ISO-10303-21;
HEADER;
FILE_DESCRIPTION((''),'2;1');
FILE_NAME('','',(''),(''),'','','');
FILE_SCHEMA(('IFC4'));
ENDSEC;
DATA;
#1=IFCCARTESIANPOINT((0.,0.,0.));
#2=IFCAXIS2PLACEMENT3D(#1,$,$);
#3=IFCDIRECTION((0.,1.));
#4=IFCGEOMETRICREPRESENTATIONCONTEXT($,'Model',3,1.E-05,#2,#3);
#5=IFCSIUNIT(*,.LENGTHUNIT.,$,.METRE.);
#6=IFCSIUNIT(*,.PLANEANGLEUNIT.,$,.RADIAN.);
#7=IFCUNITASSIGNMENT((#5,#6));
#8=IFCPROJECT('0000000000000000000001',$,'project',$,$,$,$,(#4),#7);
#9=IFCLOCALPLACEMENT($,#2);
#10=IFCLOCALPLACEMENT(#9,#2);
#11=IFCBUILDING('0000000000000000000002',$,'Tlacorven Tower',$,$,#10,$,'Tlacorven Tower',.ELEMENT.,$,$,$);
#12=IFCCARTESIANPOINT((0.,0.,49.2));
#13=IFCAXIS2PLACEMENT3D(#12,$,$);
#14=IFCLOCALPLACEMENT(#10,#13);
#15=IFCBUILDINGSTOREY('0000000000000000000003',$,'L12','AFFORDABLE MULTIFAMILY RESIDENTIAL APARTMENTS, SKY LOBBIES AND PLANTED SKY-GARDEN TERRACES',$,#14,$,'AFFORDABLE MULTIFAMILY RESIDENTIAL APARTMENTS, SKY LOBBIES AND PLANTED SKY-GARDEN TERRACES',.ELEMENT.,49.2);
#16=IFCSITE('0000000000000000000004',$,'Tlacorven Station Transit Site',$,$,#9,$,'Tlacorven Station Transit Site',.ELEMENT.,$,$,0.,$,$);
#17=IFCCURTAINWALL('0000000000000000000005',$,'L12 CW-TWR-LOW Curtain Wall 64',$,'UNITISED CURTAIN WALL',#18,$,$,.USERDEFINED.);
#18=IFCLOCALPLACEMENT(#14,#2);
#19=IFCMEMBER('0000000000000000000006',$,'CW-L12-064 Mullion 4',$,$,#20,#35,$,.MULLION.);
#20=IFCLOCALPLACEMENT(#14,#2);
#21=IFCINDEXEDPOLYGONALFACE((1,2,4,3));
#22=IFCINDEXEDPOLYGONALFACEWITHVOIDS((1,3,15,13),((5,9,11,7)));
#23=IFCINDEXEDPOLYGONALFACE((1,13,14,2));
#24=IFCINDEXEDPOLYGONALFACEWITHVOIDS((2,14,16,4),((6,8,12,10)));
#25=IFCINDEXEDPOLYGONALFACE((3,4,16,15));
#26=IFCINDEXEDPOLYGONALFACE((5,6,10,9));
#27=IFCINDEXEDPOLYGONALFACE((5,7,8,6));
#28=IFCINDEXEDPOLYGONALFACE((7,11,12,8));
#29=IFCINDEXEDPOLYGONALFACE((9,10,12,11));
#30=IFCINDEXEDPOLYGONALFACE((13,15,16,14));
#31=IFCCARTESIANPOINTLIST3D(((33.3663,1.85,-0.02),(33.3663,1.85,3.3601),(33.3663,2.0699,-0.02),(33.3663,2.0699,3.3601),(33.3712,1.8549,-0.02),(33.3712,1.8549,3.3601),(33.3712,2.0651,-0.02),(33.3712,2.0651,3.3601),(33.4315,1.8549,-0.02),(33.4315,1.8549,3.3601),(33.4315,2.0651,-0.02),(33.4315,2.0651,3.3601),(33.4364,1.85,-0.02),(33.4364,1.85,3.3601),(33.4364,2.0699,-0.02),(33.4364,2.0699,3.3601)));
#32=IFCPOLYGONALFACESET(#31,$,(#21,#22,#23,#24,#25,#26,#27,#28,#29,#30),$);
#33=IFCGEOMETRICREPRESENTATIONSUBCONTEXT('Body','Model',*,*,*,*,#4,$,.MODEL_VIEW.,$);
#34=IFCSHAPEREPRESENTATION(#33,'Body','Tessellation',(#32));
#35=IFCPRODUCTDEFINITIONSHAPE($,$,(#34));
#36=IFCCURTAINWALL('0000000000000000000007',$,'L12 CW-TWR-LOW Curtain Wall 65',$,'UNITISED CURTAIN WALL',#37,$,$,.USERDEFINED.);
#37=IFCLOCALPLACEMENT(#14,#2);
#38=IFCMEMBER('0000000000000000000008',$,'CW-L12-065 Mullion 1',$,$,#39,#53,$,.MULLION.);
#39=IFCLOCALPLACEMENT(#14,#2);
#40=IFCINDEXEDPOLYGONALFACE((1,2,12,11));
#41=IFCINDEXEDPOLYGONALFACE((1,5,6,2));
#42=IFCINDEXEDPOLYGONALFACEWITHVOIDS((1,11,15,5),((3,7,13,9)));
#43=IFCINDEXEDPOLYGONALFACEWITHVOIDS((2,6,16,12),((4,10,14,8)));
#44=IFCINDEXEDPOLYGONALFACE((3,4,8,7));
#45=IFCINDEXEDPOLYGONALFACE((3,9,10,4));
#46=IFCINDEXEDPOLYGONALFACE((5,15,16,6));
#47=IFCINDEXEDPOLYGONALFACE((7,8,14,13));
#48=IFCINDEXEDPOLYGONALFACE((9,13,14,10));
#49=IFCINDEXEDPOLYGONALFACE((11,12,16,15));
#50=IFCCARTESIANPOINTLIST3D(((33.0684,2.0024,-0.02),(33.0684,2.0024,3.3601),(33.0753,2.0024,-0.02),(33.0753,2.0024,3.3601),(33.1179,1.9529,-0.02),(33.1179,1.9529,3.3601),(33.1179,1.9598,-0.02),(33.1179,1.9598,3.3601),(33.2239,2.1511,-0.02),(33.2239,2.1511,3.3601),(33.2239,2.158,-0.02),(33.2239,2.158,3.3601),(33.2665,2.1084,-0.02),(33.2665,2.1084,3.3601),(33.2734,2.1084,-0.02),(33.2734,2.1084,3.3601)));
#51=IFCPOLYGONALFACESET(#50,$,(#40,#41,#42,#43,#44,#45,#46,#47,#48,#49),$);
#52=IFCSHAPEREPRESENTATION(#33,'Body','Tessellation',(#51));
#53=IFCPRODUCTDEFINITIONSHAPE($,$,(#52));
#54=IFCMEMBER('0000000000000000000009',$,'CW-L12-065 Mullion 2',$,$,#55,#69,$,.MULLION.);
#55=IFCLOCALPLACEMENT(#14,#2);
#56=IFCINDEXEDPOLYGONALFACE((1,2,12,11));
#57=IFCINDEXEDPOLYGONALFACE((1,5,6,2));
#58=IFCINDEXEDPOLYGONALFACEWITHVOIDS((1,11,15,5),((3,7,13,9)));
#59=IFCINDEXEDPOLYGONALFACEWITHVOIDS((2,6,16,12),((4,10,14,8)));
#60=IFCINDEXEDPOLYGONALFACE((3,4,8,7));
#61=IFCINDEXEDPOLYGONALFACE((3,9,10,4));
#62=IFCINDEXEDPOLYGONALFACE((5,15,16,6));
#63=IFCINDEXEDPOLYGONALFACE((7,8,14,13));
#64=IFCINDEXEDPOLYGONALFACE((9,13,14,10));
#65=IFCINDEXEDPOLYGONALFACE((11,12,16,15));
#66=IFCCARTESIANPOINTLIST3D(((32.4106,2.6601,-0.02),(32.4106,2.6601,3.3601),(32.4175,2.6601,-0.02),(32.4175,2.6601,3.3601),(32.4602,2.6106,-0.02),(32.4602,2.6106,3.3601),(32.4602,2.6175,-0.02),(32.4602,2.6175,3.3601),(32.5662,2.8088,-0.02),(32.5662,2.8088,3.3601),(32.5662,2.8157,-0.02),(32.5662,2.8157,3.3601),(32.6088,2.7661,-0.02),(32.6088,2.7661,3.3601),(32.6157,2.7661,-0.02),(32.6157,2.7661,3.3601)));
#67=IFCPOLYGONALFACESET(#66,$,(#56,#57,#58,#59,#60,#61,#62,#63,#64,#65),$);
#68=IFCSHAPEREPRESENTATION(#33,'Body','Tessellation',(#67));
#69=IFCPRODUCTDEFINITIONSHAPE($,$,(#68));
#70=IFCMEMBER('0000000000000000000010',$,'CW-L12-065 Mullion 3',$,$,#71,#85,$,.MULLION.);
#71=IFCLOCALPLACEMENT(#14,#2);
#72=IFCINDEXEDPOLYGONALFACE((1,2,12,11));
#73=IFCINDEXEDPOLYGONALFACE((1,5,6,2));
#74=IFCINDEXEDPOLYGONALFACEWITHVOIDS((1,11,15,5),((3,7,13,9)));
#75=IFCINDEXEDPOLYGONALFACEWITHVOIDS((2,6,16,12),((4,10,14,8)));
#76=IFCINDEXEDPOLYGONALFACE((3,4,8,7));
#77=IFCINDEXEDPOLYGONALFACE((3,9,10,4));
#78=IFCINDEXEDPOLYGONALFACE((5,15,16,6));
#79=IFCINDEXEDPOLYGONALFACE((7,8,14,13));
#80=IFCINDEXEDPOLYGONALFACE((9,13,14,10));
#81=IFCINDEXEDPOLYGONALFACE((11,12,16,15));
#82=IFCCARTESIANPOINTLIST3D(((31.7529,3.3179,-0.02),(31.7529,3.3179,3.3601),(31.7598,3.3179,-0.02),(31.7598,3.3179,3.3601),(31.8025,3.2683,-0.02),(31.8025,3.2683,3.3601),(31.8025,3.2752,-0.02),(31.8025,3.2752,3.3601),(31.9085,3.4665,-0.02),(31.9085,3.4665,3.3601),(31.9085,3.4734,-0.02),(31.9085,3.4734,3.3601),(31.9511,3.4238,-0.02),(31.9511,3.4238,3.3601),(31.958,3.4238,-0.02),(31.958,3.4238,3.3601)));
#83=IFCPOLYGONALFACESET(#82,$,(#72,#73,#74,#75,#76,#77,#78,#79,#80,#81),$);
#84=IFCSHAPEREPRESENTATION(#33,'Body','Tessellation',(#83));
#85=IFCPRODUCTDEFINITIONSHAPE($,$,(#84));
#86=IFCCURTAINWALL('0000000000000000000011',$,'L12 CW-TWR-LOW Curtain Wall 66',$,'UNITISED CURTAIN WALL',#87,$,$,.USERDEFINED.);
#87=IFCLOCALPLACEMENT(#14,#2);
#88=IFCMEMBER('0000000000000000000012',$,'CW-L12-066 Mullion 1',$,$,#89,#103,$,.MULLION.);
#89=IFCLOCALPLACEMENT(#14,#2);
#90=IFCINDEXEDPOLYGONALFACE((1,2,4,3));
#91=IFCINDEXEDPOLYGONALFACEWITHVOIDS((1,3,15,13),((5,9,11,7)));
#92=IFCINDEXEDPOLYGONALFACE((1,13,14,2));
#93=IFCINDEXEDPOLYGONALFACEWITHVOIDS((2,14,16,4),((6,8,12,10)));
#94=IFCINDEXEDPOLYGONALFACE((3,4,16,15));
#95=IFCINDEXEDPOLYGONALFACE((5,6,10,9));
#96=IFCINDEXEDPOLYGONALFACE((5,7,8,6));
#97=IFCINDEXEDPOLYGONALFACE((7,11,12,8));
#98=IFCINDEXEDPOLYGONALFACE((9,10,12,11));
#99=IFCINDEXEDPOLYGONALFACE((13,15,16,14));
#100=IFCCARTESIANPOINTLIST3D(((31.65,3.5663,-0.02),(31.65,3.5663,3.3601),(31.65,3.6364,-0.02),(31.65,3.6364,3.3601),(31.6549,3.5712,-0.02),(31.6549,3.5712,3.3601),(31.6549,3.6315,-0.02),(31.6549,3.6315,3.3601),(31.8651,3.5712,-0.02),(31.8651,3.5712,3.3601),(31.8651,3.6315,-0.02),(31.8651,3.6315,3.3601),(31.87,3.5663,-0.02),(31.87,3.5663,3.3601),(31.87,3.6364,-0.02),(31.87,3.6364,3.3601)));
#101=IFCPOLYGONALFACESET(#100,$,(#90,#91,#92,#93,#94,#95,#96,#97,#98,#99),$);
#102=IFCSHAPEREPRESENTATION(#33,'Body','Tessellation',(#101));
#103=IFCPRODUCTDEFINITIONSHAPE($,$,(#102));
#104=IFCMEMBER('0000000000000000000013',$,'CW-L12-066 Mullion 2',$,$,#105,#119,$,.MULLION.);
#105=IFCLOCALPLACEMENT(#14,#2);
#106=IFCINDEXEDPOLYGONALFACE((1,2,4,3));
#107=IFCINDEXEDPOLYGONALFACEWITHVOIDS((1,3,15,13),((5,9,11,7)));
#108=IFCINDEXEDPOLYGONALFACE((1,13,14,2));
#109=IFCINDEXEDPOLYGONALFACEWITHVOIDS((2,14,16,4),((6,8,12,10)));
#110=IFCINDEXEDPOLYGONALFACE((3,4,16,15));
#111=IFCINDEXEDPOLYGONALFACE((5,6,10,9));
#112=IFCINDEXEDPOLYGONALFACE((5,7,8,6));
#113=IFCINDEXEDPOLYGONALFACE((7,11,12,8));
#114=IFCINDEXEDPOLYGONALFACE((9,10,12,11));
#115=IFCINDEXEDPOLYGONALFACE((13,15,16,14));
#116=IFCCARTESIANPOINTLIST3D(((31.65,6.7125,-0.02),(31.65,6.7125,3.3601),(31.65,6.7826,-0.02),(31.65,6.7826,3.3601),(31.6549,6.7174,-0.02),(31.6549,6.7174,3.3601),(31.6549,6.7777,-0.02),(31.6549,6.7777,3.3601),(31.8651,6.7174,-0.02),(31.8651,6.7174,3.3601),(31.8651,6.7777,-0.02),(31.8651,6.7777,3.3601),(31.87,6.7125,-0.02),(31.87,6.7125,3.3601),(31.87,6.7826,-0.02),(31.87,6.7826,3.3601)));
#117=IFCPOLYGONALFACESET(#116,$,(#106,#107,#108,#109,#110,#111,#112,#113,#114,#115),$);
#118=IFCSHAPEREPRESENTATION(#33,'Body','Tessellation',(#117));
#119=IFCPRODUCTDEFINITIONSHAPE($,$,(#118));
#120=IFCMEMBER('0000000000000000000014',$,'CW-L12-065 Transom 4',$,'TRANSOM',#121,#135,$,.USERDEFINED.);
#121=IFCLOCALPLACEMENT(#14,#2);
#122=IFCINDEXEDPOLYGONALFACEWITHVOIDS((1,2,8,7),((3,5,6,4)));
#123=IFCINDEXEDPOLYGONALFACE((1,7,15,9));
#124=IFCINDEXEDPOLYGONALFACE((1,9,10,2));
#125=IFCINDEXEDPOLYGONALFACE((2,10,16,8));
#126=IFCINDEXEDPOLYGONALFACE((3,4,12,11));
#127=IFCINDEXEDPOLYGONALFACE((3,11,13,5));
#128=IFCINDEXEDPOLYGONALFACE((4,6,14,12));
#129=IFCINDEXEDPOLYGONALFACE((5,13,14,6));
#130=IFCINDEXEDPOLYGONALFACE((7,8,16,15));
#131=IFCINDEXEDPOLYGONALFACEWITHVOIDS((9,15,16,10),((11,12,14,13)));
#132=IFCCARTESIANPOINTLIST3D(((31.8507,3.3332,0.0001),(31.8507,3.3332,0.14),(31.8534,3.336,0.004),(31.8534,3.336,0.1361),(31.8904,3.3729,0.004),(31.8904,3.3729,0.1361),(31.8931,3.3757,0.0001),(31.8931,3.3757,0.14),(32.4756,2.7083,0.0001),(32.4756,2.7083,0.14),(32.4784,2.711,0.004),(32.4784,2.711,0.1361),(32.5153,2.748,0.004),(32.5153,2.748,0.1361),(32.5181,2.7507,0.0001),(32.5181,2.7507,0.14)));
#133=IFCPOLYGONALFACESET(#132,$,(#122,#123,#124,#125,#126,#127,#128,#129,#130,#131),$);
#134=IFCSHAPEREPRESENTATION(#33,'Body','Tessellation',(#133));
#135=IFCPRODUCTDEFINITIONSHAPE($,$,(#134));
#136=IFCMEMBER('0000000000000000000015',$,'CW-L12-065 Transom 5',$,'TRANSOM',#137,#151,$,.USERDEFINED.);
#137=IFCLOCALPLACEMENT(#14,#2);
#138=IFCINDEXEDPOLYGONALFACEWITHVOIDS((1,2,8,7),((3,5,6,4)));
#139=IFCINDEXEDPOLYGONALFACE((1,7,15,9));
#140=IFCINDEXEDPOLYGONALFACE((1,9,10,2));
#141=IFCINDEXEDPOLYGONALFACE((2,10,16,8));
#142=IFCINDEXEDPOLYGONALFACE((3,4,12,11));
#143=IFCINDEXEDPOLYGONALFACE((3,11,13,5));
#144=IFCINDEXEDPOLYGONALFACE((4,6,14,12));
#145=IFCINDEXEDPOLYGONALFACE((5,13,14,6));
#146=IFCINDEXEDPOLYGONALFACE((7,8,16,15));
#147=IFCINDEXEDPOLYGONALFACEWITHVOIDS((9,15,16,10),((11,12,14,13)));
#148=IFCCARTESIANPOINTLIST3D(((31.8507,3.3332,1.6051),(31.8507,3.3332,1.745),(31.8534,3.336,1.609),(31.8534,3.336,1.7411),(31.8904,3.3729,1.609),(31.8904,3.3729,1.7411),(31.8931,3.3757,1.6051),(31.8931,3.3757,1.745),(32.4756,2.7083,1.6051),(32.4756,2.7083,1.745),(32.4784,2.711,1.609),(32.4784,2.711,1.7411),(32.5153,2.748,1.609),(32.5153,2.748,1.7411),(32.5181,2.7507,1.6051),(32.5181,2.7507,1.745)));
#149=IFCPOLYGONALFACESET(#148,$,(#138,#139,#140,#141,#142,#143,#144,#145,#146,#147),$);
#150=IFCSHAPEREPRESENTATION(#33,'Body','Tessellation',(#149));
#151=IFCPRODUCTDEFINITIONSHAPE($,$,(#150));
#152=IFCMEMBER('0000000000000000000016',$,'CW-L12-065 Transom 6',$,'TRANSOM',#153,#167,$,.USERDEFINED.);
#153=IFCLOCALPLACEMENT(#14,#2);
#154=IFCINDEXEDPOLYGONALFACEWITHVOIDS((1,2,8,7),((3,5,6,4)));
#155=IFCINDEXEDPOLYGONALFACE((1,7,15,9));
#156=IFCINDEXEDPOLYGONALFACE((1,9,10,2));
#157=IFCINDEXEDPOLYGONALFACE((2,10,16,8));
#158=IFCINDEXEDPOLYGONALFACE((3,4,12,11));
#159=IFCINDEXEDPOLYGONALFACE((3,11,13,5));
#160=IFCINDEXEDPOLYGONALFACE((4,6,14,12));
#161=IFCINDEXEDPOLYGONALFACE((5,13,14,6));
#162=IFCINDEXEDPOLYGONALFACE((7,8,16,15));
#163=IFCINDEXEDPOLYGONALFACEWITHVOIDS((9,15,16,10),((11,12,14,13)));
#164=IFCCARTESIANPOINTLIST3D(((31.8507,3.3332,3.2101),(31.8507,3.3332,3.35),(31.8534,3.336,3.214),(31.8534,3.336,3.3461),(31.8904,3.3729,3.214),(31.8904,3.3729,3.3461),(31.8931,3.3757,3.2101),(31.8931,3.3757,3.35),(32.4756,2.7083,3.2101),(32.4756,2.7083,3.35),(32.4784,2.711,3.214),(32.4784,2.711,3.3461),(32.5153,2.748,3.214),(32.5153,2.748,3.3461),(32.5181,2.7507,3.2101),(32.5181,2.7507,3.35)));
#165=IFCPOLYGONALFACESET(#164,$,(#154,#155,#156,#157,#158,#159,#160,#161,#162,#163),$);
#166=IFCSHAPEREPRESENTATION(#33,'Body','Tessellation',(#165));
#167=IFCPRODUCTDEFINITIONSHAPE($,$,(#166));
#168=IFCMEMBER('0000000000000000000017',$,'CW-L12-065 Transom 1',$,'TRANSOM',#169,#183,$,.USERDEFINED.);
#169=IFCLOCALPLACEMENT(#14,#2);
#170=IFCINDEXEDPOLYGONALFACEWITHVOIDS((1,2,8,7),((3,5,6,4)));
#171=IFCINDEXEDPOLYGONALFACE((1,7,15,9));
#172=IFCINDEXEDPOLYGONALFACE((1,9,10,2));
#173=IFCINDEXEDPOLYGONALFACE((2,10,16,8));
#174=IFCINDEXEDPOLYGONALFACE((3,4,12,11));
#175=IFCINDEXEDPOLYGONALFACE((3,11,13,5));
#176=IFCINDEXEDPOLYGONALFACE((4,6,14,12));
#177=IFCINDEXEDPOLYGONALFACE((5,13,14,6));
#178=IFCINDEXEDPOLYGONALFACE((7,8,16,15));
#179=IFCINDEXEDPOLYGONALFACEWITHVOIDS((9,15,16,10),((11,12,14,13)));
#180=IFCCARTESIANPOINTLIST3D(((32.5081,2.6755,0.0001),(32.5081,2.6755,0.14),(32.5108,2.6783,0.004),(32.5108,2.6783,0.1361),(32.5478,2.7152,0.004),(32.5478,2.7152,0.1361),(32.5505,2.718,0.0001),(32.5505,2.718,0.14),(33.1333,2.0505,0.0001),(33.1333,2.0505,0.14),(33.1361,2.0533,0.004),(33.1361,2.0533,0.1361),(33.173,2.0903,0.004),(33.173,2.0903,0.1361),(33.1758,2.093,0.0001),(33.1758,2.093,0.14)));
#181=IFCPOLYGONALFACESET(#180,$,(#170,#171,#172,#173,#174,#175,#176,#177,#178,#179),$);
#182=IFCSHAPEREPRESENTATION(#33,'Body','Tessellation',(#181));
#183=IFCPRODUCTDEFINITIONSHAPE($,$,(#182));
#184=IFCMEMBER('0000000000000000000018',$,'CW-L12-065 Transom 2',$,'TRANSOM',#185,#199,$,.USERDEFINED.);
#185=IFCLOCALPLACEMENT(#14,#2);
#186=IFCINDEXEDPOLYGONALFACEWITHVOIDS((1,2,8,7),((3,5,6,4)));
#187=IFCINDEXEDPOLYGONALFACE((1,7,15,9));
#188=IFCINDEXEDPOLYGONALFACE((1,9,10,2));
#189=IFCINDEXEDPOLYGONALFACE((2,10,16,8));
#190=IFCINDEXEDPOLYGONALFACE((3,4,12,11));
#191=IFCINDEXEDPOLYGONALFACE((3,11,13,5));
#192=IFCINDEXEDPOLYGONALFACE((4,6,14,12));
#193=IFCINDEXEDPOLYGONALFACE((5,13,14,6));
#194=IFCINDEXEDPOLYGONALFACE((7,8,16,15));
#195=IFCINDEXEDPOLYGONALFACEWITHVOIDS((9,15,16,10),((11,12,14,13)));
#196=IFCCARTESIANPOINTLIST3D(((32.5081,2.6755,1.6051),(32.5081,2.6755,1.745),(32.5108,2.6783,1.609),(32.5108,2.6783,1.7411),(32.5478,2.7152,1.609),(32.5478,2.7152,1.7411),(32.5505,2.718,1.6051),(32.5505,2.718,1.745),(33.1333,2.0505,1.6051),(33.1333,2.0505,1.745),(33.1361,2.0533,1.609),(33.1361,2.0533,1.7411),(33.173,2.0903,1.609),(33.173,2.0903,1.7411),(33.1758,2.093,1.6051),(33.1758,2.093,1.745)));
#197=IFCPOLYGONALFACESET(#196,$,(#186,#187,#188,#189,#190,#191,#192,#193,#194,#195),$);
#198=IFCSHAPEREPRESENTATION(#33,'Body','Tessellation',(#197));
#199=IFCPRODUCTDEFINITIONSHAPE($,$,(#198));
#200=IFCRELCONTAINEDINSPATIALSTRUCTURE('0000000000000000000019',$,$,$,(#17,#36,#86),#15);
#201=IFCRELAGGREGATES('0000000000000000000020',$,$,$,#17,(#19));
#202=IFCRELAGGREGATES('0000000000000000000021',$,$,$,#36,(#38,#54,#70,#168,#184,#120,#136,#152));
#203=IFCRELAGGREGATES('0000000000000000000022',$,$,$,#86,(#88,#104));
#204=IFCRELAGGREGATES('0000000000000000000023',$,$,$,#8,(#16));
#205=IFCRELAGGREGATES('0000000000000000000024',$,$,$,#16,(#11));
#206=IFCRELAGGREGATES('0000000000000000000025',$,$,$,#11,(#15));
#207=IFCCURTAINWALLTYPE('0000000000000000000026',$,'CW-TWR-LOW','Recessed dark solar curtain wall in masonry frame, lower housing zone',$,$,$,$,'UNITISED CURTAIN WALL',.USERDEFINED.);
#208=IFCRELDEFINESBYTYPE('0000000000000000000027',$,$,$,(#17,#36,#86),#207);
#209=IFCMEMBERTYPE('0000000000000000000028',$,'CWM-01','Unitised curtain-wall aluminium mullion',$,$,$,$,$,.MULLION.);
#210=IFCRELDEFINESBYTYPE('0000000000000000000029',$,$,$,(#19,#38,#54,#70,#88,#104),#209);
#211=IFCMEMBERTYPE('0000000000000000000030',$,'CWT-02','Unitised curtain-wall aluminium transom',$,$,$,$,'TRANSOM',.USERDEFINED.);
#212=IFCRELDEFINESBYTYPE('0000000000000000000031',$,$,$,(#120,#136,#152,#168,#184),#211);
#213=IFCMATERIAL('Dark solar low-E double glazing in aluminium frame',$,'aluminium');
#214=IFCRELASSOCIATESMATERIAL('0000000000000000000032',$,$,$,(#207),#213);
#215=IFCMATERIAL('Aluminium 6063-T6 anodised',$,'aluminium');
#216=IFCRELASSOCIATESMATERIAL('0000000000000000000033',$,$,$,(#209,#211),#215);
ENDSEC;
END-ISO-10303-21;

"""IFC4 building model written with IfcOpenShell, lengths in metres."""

from ifc_helpers import new_model, si_unit, direction, frame, origin, origin_2d, place, context, subcontext, project, spatial, hollow_rectangle, extrude, source, transform, mapped, material, material_profile, profile_set, type_object, element, aggregate, save


model = new_model("IFC4")

# Units and contexts
model_context = context("Model", 3, precision=1e-05, world=origin(), true_north=direction((0.0, 1.0)))
body_context = subcontext(model_context, "Body", "Model", "MODEL_VIEW")
ifc_project = project(units=[si_unit("LENGTHUNIT", "METRE"), si_unit("PLANEANGLEUNIT", "RADIAN")], contexts=[model_context])

# Site, building, storey
site_placement = place(None, origin())
site = spatial("IfcSite", under=ifc_project, at=site_placement, Name="Tlacorven Station Transit Site", LongName="Tlacorven Station Transit Site", CompositionType="ELEMENT", RefElevation=0.0)
building_placement = place(site_placement, origin())
building = spatial("IfcBuilding", under=site, at=building_placement, Name="Tlacorven Tower", LongName="Tlacorven Tower", CompositionType="ELEMENT")
storey_placement = place(building_placement, frame((0.0, 0.0, 49.2)))
storey = spatial("IfcBuildingStorey", under=building, at=storey_placement, Name="L12", Description="AFFORDABLE MULTIFAMILY RESIDENTIAL APARTMENTS, SKY LOBBIES AND PLANTED SKY-GARDEN TERRACES", LongName="AFFORDABLE MULTIFAMILY RESIDENTIAL APARTMENTS, SKY LOBBIES AND PLANTED SKY-GARDEN TERRACES", CompositionType="ELEMENT", Elevation=49.2)

# Curtain wall, member
ifc_material_1 = material(Name="Dark solar low-E double glazing in aluminium frame", Category="aluminium")
curtain_wall_type = type_object("IfcCurtainWallType", Name="CW-TWR-LOW", Description="Recessed dark solar curtain wall in masonry frame, lower housing zone", ElementType="UNITISED CURTAIN WALL", PredefinedType="USERDEFINED", material=ifc_material_1)
curtain_wall_1_placement = place(storey_placement, origin())
curtain_wall_1 = element("IfcCurtainWall", 1, at=curtain_wall_1_placement, inside=storey, type_object=curtain_wall_type, Name="L12 CW-TWR-LOW Curtain Wall 64", ObjectType="UNITISED CURTAIN WALL", PredefinedType="USERDEFINED")
ifc_material_2 = material(Name="Aluminium 6063-T6 anodised", Category="aluminium")
ifc_material_profile_1 = material_profile(ifc_material_2, hollow_rectangle(XDim=0.0701, YDim=0.22, WallThickness=0.0049, at=origin_2d()), Name="ALU MULLION 70X220")
ifc_profile_set_1 = profile_set([ifc_material_profile_1], Name="Aluminium 6063-T6 anodised")
member_type_1 = type_object("IfcMemberType", Name="CWM-01", Description="Unitised curtain-wall aluminium mullion", PredefinedType="MULLION", material=ifc_profile_set_1)
shared_shape_1 = source(origin(), body_context, "Body", "SweptSolid", [
    extrude(hollow_rectangle(XDim=0.0701, YDim=0.22, WallThickness=0.0049, at=origin_2d()), origin(), (0.0, 0.0, 1.0), 3.3801),
])
member_1_placement = place(storey_placement, frame((33.4014, 1.96, -0.02), z_axis=(0.0, 0.0, 1.0), x_axis=(-1.0, 0.0, 0.0)))
member_1 = element("IfcMember", 2, at=member_1_placement, type_object=member_type_1, Name="CW-L12-064 Mullion 4", PredefinedType="MULLION", context=body_context, shape_type="MappedRepresentation", body=[
    mapped(shared_shape_1, transform((0.0, 0.0, 0.0), scale=1.0)),
])
aggregate(curtain_wall_1, [member_1])

# Curtain walls, members
curtain_wall_2_placement = place(storey_placement, origin())
curtain_wall_2 = element("IfcCurtainWall", 3, at=curtain_wall_2_placement, inside=storey, type_object=curtain_wall_type, Name="L12 CW-TWR-LOW Curtain Wall 65", ObjectType="UNITISED CURTAIN WALL", PredefinedType="USERDEFINED")
member_2_placement = place(storey_placement, frame((33.1709, 2.0554, -0.02), z_axis=(0.0, 0.0, 1.0), x_axis=(-0.707107, 0.707107, 0.0)))
member_2 = element("IfcMember", 4, at=member_2_placement, type_object=member_type_1, Name="CW-L12-065 Mullion 1", PredefinedType="MULLION", context=body_context, shape_type="MappedRepresentation", body=[
    mapped(shared_shape_1, transform((0.0, 0.0, 0.0), scale=1.0)),
])
member_3_placement = place(storey_placement, frame((32.5132, 2.7131, -0.02), z_axis=(0.0, 0.0, 1.0), x_axis=(-0.707107, 0.707107, 0.0)))
member_3 = element("IfcMember", 5, at=member_3_placement, type_object=member_type_1, Name="CW-L12-065 Mullion 2", PredefinedType="MULLION", context=body_context, shape_type="MappedRepresentation", body=[
    mapped(shared_shape_1, transform((0.0, 0.0, 0.0), scale=1.0)),
])
member_4_placement = place(storey_placement, frame((31.8555, 3.3708, -0.02), z_axis=(0.0, 0.0, 1.0), x_axis=(-0.707107, 0.707107, 0.0)))
member_4 = element("IfcMember", 6, at=member_4_placement, type_object=member_type_1, Name="CW-L12-065 Mullion 3", PredefinedType="MULLION", context=body_context, shape_type="MappedRepresentation", body=[
    mapped(shared_shape_1, transform((0.0, 0.0, 0.0), scale=1.0)),
])
curtain_wall_3_placement = place(storey_placement, origin())
curtain_wall_3 = element("IfcCurtainWall", 7, at=curtain_wall_3_placement, inside=storey, type_object=curtain_wall_type, Name="L12 CW-TWR-LOW Curtain Wall 66", ObjectType="UNITISED CURTAIN WALL", PredefinedType="USERDEFINED")
member_5_placement = place(storey_placement, frame((31.76, 3.6013, -0.02), z_axis=(0.0, 0.0, 1.0), x_axis=(0.0, 1.0, 0.0)))
member_5 = element("IfcMember", 8, at=member_5_placement, type_object=member_type_1, Name="CW-L12-066 Mullion 1", PredefinedType="MULLION", context=body_context, shape_type="MappedRepresentation", body=[
    mapped(shared_shape_1, transform((0.0, 0.0, 0.0), scale=1.0)),
])
member_6_placement = place(storey_placement, frame((31.76, 6.7476, -0.02), z_axis=(0.0, 0.0, 1.0), x_axis=(0.0, 1.0, 0.0)))
member_6 = element("IfcMember", 9, at=member_6_placement, type_object=member_type_1, Name="CW-L12-066 Mullion 2", PredefinedType="MULLION", context=body_context, shape_type="MappedRepresentation", body=[
    mapped(shared_shape_1, transform((0.0, 0.0, 0.0), scale=1.0)),
])

# Members
ifc_material_profile_2 = material_profile(ifc_material_2, hollow_rectangle(XDim=0.0601, YDim=0.1399, WallThickness=0.0039, at=origin_2d()), Name="ALU TRANSOM 60X140")
ifc_profile_set_2 = profile_set([ifc_material_profile_2], Name="Aluminium 6063-T6 anodised")
member_type_2 = type_object("IfcMemberType", Name="CWT-02", Description="Unitised curtain-wall aluminium transom", ElementType="TRANSOM", PredefinedType="USERDEFINED", material=ifc_profile_set_2)
shared_shape_2 = source(origin(), body_context, "Body", "SweptSolid", [
    extrude(hollow_rectangle(XDim=0.0601, YDim=0.1399, WallThickness=0.0039, at=origin_2d()), origin(), (0.0, 0.0, 1.0), 0.8838),
])
member_7_placement = place(storey_placement, frame((32.4968, 2.7295, 0.0701), z_axis=(-0.707107, 0.707107, 0.0), x_axis=(-0.707107, -0.707107, 0.0)))
member_7 = element("IfcMember", 10, at=member_7_placement, type_object=member_type_2, Name="CW-L12-065 Transom 4", ObjectType="TRANSOM", PredefinedType="USERDEFINED", context=body_context, shape_type="MappedRepresentation", body=[
    mapped(shared_shape_2, transform((0.0, 0.0, 0.0), scale=1.0)),
])
member_8_placement = place(storey_placement, frame((32.4968, 2.7295, 1.675), z_axis=(-0.707107, 0.707107, 0.0), x_axis=(-0.707107, -0.707107, 0.0)))
member_8 = element("IfcMember", 11, at=member_8_placement, type_object=member_type_2, Name="CW-L12-065 Transom 5", ObjectType="TRANSOM", PredefinedType="USERDEFINED", context=body_context, shape_type="MappedRepresentation", body=[
    mapped(shared_shape_2, transform((0.0, 0.0, 0.0), scale=1.0)),
])
member_9_placement = place(storey_placement, frame((32.4968, 2.7295, 3.28), z_axis=(-0.707107, 0.707107, 0.0), x_axis=(-0.707107, -0.707107, 0.0)))
member_9 = element("IfcMember", 12, at=member_9_placement, type_object=member_type_2, Name="CW-L12-065 Transom 6", ObjectType="TRANSOM", PredefinedType="USERDEFINED", context=body_context, shape_type="MappedRepresentation", body=[
    mapped(shared_shape_2, transform((0.0, 0.0, 0.0), scale=1.0)),
])
shared_shape_3 = source(origin(), body_context, "Body", "SweptSolid", [
    extrude(hollow_rectangle(XDim=0.0601, YDim=0.1399, WallThickness=0.0039, at=origin_2d()), origin(), (0.0, 0.0, 1.0), 0.884),
])
member_10_placement = place(storey_placement, frame((33.1545, 2.0718, 0.0701), z_axis=(-0.707245, 0.706969, 0.0), x_axis=(-0.706969, -0.707245, 0.0)))
member_10 = element("IfcMember", 13, at=member_10_placement, type_object=member_type_2, Name="CW-L12-065 Transom 1", ObjectType="TRANSOM", PredefinedType="USERDEFINED", context=body_context, shape_type="MappedRepresentation", body=[
    mapped(shared_shape_3, transform((0.0, 0.0, 0.0), scale=1.0)),
])
member_11_placement = place(storey_placement, frame((33.1545, 2.0718, 1.675), z_axis=(-0.707245, 0.706969, 0.0), x_axis=(-0.706969, -0.707245, 0.0)))
member_11 = element("IfcMember", 14, at=member_11_placement, type_object=member_type_2, Name="CW-L12-065 Transom 2", ObjectType="TRANSOM", PredefinedType="USERDEFINED", context=body_context, shape_type="MappedRepresentation", body=[
    mapped(shared_shape_3, transform((0.0, 0.0, 0.0), scale=1.0)),
])

aggregate(curtain_wall_2, [member_2, member_3, member_4, member_10, member_11, member_7, member_8, member_9])
aggregate(curtain_wall_3, [member_5, member_6])

save(model, "model.ifc")
